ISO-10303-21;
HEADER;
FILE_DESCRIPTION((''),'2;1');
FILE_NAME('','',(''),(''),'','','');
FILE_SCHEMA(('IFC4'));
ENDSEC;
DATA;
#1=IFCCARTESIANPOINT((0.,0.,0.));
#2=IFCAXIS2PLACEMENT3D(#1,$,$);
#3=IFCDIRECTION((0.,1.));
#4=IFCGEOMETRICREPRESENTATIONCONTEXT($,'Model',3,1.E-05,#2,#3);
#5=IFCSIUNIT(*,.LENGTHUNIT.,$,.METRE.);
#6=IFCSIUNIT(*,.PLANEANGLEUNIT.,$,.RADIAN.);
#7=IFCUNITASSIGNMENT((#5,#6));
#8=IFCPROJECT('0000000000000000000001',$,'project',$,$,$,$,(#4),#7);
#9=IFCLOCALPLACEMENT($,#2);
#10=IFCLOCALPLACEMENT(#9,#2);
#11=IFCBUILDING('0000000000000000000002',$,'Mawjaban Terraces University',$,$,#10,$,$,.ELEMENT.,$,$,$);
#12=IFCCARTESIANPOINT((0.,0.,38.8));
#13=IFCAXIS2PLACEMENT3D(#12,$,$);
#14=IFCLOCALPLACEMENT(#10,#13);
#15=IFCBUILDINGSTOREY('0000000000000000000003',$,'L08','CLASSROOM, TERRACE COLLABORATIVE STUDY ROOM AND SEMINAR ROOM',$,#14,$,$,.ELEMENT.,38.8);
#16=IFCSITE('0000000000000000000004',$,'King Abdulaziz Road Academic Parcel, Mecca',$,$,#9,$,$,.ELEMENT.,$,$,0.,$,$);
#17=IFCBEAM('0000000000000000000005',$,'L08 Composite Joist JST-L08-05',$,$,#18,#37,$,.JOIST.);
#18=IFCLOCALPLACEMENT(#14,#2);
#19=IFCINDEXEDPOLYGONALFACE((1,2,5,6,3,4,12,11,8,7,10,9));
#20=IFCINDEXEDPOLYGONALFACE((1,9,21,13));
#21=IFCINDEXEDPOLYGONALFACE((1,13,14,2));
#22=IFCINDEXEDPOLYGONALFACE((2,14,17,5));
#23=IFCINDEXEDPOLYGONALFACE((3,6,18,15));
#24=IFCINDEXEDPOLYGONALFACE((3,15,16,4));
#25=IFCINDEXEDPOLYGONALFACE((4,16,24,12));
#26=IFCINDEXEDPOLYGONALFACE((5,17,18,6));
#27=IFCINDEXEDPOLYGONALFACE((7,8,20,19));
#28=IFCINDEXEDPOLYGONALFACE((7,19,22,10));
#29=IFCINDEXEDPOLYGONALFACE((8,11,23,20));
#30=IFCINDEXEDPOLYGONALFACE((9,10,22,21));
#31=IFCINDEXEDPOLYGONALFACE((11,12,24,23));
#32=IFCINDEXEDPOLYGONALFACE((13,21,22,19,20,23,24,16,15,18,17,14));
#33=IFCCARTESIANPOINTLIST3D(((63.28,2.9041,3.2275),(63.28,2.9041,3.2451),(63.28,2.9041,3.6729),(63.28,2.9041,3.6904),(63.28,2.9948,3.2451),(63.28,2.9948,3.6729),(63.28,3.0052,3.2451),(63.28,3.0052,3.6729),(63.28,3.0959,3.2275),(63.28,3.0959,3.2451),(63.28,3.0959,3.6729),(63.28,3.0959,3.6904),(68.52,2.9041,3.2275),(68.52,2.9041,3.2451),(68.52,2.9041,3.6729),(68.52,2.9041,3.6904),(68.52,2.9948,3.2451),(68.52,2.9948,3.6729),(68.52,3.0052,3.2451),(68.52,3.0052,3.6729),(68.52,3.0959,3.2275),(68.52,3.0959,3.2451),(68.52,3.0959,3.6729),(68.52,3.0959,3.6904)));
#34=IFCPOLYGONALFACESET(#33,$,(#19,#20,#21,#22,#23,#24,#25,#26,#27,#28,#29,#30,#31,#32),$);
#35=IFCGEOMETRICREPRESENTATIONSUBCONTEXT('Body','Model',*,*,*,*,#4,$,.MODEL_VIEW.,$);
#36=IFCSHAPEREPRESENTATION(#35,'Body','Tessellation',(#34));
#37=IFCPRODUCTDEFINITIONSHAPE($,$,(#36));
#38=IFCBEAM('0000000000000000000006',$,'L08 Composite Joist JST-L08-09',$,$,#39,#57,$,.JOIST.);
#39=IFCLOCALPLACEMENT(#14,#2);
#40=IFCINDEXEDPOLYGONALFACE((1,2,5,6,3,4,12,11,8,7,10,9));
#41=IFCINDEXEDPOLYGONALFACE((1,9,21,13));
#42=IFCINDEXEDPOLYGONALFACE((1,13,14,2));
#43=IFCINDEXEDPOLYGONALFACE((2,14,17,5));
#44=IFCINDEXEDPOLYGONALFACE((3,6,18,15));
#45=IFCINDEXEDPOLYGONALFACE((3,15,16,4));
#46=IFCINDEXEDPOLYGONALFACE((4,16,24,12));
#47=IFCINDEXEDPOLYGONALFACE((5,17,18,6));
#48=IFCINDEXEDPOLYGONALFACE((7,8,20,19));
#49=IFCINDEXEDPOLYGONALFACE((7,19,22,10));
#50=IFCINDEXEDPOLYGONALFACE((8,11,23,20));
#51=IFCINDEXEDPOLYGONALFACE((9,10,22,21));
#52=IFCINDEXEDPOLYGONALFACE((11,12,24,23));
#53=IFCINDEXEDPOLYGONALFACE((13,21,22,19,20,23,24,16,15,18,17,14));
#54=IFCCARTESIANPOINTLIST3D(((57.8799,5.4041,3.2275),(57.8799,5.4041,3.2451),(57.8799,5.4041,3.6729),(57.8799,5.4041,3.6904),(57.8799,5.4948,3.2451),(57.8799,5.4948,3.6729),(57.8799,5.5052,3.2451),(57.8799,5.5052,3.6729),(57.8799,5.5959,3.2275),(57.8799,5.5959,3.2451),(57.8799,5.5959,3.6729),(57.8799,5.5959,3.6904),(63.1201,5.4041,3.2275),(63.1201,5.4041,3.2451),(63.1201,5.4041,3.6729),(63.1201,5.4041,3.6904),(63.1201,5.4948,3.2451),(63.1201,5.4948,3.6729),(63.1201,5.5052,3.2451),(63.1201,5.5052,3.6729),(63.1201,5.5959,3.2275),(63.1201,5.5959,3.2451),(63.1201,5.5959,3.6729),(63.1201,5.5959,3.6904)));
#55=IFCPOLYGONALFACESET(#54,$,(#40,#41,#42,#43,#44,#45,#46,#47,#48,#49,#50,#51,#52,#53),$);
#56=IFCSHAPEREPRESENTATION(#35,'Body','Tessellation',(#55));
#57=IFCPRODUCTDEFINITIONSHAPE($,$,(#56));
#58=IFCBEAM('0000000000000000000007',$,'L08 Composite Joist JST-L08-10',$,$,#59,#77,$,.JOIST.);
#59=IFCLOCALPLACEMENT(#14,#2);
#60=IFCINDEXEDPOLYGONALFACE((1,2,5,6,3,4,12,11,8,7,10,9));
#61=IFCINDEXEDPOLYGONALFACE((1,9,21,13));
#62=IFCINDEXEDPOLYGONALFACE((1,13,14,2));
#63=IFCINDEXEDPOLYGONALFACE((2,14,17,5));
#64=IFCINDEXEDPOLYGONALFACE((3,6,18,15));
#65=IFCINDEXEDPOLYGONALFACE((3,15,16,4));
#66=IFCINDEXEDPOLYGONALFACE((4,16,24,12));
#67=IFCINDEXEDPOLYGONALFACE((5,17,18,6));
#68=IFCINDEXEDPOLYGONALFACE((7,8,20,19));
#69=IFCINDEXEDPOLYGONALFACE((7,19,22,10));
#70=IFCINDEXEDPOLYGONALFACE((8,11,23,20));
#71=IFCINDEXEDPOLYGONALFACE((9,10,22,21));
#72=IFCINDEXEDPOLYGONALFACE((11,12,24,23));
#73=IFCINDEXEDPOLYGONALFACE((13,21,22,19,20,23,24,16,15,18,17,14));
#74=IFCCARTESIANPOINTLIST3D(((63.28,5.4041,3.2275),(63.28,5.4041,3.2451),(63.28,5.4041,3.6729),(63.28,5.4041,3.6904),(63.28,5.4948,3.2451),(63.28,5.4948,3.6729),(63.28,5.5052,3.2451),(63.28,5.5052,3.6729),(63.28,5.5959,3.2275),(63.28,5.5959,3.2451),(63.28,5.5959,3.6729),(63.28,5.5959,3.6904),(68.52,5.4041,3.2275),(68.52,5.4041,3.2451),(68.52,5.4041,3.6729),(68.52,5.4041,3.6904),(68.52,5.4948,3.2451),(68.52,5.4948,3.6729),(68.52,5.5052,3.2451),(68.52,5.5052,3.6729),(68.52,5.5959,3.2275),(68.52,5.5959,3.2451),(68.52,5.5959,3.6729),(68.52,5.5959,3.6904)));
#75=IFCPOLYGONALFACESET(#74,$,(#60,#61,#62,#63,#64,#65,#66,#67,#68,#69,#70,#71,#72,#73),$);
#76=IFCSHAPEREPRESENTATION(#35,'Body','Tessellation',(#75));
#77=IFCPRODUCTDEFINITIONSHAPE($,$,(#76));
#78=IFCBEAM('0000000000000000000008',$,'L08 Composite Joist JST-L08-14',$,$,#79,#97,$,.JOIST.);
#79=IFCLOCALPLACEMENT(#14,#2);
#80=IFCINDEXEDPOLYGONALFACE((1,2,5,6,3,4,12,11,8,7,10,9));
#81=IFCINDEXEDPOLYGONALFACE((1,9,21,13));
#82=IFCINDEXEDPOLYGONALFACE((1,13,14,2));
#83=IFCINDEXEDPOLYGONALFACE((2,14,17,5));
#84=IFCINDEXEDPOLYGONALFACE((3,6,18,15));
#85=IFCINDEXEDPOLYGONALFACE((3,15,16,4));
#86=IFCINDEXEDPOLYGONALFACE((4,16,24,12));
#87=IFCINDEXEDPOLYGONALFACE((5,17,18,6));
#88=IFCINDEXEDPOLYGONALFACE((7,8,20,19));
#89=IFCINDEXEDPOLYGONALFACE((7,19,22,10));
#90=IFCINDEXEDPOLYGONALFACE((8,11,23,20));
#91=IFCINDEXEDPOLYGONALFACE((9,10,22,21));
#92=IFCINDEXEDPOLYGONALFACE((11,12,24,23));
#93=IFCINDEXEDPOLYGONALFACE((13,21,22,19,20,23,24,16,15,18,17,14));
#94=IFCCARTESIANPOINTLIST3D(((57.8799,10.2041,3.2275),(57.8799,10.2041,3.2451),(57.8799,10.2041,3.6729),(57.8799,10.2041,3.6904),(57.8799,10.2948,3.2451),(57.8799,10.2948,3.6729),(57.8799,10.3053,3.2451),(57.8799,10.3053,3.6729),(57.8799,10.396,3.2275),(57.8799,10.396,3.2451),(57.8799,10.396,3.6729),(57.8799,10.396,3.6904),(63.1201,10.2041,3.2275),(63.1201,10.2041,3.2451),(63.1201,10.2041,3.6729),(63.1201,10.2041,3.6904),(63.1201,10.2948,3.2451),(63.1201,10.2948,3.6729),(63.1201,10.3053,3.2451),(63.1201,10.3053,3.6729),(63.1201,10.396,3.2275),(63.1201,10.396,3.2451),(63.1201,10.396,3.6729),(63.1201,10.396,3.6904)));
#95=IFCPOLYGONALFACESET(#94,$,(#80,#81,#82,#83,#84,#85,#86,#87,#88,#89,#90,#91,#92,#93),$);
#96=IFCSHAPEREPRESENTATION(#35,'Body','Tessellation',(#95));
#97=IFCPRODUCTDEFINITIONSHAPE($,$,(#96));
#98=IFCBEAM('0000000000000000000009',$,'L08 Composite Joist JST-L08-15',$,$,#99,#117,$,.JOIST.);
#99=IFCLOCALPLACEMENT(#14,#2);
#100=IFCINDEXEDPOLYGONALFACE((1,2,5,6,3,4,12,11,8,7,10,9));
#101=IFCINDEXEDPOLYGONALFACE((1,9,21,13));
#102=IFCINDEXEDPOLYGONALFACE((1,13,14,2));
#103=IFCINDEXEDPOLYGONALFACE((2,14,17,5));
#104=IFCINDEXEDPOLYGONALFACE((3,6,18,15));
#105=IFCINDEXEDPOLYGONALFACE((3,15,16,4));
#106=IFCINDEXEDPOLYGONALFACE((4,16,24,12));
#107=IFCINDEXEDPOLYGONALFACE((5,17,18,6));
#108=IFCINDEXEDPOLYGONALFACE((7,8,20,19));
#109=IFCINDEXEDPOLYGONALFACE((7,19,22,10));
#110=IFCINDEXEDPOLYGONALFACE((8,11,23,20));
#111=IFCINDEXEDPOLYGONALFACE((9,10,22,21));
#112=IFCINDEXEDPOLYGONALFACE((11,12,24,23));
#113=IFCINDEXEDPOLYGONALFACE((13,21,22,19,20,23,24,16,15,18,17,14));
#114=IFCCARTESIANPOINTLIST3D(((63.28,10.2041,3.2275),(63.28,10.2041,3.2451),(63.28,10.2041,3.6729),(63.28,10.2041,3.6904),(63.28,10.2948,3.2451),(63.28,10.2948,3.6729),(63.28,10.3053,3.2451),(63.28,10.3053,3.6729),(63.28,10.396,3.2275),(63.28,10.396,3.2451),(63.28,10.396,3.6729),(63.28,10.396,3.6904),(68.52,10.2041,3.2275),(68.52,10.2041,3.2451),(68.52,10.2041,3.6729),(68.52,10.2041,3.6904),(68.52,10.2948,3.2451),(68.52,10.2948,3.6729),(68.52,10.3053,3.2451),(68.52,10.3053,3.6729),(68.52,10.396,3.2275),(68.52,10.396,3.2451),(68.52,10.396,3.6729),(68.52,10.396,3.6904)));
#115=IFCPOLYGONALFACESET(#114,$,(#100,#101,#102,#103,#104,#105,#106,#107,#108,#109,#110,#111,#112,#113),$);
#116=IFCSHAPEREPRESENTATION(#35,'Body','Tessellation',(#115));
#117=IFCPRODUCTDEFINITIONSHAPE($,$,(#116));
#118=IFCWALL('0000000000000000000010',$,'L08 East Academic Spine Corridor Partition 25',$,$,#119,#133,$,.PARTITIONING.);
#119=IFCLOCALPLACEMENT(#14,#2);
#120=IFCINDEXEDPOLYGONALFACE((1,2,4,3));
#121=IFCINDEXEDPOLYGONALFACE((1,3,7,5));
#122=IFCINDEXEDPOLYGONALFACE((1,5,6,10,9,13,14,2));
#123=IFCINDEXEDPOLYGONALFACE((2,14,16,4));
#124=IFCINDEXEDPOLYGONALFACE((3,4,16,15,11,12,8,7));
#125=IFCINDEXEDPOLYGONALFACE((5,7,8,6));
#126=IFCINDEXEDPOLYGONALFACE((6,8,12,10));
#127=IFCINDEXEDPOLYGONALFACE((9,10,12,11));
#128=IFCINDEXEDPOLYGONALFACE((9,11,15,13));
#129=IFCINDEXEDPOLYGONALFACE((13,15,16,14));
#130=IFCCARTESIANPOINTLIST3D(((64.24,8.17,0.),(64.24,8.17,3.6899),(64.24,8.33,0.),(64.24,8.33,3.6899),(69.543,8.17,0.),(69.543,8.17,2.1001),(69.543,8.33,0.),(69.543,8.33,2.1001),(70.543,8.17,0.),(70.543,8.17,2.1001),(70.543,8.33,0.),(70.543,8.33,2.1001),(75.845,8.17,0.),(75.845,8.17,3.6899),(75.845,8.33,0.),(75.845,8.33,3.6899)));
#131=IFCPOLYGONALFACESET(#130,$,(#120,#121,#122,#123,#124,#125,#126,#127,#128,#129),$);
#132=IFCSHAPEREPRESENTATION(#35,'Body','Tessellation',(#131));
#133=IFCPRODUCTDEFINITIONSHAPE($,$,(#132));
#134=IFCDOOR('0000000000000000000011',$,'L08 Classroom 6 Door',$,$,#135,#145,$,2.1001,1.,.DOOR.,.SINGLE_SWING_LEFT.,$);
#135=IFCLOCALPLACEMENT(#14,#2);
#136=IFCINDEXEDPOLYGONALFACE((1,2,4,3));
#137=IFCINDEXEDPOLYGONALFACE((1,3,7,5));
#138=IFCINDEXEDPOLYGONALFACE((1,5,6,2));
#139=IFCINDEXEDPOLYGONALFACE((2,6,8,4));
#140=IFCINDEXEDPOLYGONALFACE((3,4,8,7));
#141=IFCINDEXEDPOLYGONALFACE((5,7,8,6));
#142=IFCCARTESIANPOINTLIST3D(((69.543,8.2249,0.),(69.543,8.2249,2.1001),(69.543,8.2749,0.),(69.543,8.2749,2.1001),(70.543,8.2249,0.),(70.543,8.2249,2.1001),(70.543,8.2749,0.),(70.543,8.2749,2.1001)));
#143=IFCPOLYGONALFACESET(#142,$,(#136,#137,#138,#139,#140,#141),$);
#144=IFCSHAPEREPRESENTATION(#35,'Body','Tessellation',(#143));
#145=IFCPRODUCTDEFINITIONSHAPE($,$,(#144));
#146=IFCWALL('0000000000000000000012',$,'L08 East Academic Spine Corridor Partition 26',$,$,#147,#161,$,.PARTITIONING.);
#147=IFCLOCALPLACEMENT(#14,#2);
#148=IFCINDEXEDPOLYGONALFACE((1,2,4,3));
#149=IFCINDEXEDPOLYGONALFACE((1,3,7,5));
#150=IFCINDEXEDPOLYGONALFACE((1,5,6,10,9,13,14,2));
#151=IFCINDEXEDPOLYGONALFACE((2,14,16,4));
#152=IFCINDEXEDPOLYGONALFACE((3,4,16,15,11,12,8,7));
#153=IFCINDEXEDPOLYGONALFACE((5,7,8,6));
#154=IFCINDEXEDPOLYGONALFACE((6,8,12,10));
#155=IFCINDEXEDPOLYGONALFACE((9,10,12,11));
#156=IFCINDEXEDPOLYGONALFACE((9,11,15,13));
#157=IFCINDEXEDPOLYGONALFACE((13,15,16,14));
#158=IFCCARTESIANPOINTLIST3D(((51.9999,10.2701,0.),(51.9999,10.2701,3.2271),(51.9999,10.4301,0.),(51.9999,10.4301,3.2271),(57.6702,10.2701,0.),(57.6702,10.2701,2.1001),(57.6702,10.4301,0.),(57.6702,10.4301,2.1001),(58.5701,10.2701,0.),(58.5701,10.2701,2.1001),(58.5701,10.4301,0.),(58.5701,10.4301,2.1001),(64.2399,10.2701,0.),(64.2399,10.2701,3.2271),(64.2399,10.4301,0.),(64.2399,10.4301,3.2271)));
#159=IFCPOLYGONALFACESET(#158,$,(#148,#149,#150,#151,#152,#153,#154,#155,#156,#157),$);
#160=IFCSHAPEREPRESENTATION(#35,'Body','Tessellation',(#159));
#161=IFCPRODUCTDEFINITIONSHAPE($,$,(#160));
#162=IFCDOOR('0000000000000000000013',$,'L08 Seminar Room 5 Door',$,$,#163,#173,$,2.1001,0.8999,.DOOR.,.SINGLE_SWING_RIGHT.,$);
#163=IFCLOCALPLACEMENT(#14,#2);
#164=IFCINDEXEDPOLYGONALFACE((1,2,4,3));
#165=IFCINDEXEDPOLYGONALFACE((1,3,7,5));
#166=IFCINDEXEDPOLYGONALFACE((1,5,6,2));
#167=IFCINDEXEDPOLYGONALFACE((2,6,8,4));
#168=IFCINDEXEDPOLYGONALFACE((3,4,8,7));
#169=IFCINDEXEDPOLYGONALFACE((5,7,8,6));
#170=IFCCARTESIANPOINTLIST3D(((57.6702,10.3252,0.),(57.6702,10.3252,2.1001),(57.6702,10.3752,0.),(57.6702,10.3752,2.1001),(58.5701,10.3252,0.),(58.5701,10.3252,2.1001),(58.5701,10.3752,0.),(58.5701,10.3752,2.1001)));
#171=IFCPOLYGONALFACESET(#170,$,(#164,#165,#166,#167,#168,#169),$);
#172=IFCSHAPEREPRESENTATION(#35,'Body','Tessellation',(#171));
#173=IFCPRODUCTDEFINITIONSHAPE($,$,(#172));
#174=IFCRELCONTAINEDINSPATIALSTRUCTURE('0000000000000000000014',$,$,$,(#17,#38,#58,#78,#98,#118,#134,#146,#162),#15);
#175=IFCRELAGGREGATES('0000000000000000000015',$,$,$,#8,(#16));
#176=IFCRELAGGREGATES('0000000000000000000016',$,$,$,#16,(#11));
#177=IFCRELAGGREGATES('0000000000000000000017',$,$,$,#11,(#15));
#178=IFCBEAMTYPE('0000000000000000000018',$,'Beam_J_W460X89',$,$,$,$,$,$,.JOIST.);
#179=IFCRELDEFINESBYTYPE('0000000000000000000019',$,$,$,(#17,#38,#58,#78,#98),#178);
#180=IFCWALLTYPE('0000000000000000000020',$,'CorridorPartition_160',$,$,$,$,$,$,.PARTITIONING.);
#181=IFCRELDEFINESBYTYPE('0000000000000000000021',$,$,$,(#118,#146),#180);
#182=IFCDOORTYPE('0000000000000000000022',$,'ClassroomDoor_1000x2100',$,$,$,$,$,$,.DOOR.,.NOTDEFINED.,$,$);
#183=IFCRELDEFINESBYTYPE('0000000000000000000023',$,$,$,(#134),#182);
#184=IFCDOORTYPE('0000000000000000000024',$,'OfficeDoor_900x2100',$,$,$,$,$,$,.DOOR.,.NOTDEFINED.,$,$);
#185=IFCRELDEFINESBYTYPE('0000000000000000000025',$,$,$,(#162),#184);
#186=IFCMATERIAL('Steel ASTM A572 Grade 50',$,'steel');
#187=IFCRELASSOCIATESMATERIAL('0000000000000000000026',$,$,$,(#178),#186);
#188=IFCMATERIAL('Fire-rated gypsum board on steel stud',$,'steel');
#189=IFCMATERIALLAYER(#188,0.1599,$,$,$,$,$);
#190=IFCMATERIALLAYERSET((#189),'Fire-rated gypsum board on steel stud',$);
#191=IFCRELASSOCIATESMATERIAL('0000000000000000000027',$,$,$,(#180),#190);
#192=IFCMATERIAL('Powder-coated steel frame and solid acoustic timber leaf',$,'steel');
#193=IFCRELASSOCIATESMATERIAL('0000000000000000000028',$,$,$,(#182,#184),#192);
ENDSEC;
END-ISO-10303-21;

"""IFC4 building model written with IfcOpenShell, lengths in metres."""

from ifc_helpers import new_model, si_unit, direction, frame, frame_2d, origin, origin_2d, place, context, subcontext, project, spatial, rectangle, i_section, extrude, material, layer, layer_set, material_profile, profile_set, type_object, element, fill, save


model = new_model("IFC4")

# Units and contexts
model_context = context("Model", 3, precision=1e-05, world=origin(), true_north=direction((0.0, 1.0)))
body_context = subcontext(model_context, "Body", "Model", "MODEL_VIEW")
ifc_project = project(units=[si_unit("LENGTHUNIT", "METRE"), si_unit("PLANEANGLEUNIT", "RADIAN")], contexts=[model_context])

# Site, building, storey
site_placement = place(None, origin())
site = spatial("IfcSite", under=ifc_project, at=site_placement, Name="King Abdulaziz Road Academic Parcel, Mecca", CompositionType="ELEMENT", RefElevation=0.0)
building_placement = place(site_placement, origin())
building = spatial("IfcBuilding", under=site, at=building_placement, Name="Mawjaban Terraces University", CompositionType="ELEMENT")
storey_placement = place(building_placement, frame((0.0, 0.0, 38.8)))
storey = spatial("IfcBuildingStorey", under=building, at=storey_placement, Name="L08", Description="CLASSROOM, TERRACE COLLABORATIVE STUDY ROOM AND SEMINAR ROOM", CompositionType="ELEMENT", Elevation=38.8)

# Beams
ifc_material_1 = material(Name="Steel ASTM A572 Grade 50", Category="steel")
ifc_material_profile_1 = material_profile(ifc_material_1, i_section(OverallWidth=0.1919, OverallDepth=0.4629, WebThickness=0.0105, FlangeThickness=0.0176, at=origin_2d()), Name="W460X89")
ifc_profile_set_1 = profile_set([ifc_material_profile_1], Name="Steel ASTM A572 Grade 50")
beam_type_1 = type_object("IfcBeamType", Name="Beam_J_W460X89", PredefinedType="JOIST", material=ifc_profile_set_1)
beam_1_placement = place(storey_placement, frame((63.28, 3.0, 3.459), z_axis=(1.0, 0.0, 0.0), x_axis=(0.0, 1.0, 0.0)))
element("IfcBeam", 1, at=beam_1_placement, inside=storey, type_object=beam_type_1, Name="L08 Composite Joist JST-L08-05", PredefinedType="JOIST", context=body_context, shape_type="SweptSolid", body=[
    extrude(i_section(OverallWidth=0.1919, OverallDepth=0.4629, WebThickness=0.0105, FlangeThickness=0.0176, at=origin_2d()), origin(), (0.0, 0.0, 1.0), 5.24),
])
beam_2_placement = place(storey_placement, frame((57.8799, 5.5, 3.459), z_axis=(1.0, 0.0, 0.0), x_axis=(0.0, 1.0, 0.0)))
element("IfcBeam", 2, at=beam_2_placement, inside=storey, type_object=beam_type_1, Name="L08 Composite Joist JST-L08-09", PredefinedType="JOIST", context=body_context, shape_type="SweptSolid", body=[
    extrude(i_section(OverallWidth=0.1919, OverallDepth=0.4629, WebThickness=0.0105, FlangeThickness=0.0176, at=origin_2d()), origin(), (0.0, 0.0, 1.0), 5.2402),
])
beam_3_placement = place(storey_placement, frame((63.28, 5.5, 3.459), z_axis=(1.0, 0.0, 0.0), x_axis=(0.0, 1.0, 0.0)))
element("IfcBeam", 3, at=beam_3_placement, inside=storey, type_object=beam_type_1, Name="L08 Composite Joist JST-L08-10", PredefinedType="JOIST", context=body_context, shape_type="SweptSolid", body=[
    extrude(i_section(OverallWidth=0.1919, OverallDepth=0.4629, WebThickness=0.0105, FlangeThickness=0.0176, at=origin_2d()), origin(), (0.0, 0.0, 1.0), 5.24),
])
beam_4_placement = place(storey_placement, frame((57.8799, 10.3, 3.459), z_axis=(1.0, 0.0, 0.0), x_axis=(0.0, 1.0, 0.0)))
element("IfcBeam", 4, at=beam_4_placement, inside=storey, type_object=beam_type_1, Name="L08 Composite Joist JST-L08-14", PredefinedType="JOIST", context=body_context, shape_type="SweptSolid", body=[
    extrude(i_section(OverallWidth=0.1919, OverallDepth=0.4629, WebThickness=0.0105, FlangeThickness=0.0176, at=origin_2d()), origin(), (0.0, 0.0, 1.0), 5.2402),
])
beam_5_placement = place(storey_placement, frame((63.28, 10.3, 3.459), z_axis=(1.0, 0.0, 0.0), x_axis=(0.0, 1.0, 0.0)))
element("IfcBeam", 5, at=beam_5_placement, inside=storey, type_object=beam_type_1, Name="L08 Composite Joist JST-L08-15", PredefinedType="JOIST", context=body_context, shape_type="SweptSolid", body=[
    extrude(i_section(OverallWidth=0.1919, OverallDepth=0.4629, WebThickness=0.0105, FlangeThickness=0.0176, at=origin_2d()), origin(), (0.0, 0.0, 1.0), 5.24),
])

# Walls, openings, doors
ifc_material_2 = material(Name="Fire-rated gypsum board on steel stud", Category="steel")
ifc_layer_1 = layer(ifc_material_2, 0.1599)
ifc_layer_set_1 = layer_set([ifc_layer_1], Name="Fire-rated gypsum board on steel stud")
wall_type_1 = type_object("IfcWallType", Name="CorridorPartition_160", PredefinedType="PARTITIONING", material=ifc_layer_set_1)
wall_1_placement = place(storey_placement, frame((64.24, 8.25, 0.0), z_axis=(0.0, 0.0, 1.0), x_axis=(1.0, 0.0, 0.0)))
wall_1 = element("IfcWall", 6, at=wall_1_placement, inside=storey, type_object=wall_type_1, Name="L08 East Academic Spine Corridor Partition 25", PredefinedType="PARTITIONING", context=body_context, shape_type="SweptSolid", body=[
    extrude(rectangle(XDim=11.605, YDim=0.1599, at=frame_2d((5.8025, 0.0))), origin(), (0.0, 0.0, 1.0), 3.6899),
])
opening_1_placement = place(wall_1_placement, frame((5.303, 0.0, 0.0)))
opening_1 = element("IfcOpeningElement", 7, at=opening_1_placement, cuts=wall_1, PredefinedType="OPENING", context=body_context, shape_type="SweptSolid", body=[
    extrude(rectangle(XDim=1.0, YDim=2.1001, at=frame_2d((0.5, 1.05))), frame((0.0, 0.0898, 0.0), z_axis=(0.0, -1.0, 0.0), x_axis=(1.0, 0.0, 0.0)), (0.0, 0.0, 1.0), 0.1799),
])
ifc_material_3 = material(Name="Powder-coated steel frame and solid acoustic timber leaf", Category="steel")
door_type_1 = type_object("IfcDoorType", Name="ClassroomDoor_1000x2100", OperationType="NOTDEFINED", PredefinedType="DOOR", material=ifc_material_3)
door_1_placement = place(opening_1_placement, origin())
door_1 = element("IfcDoor", 8, at=door_1_placement, inside=storey, type_object=door_type_1, Name="L08 Classroom 6 Door", OperationType="SINGLE_SWING_LEFT", OverallHeight=2.1001, OverallWidth=1.0, PredefinedType="DOOR", context=body_context, shape_type="SweptSolid", body=[
    extrude(rectangle(XDim=1.0, YDim=2.1001, at=frame_2d((0.5, 1.05))), frame((0.0, 0.0249, 0.0), z_axis=(0.0, -1.0, 0.0), x_axis=(1.0, 0.0, 0.0)), (0.0, 0.0, 1.0), 0.05),
])
fill(opening_1, door_1)
wall_2_placement = place(storey_placement, frame((64.24, 10.3501, 0.0), z_axis=(0.0, 0.0, 1.0), x_axis=(-1.0, 0.0, 0.0)))
wall_2 = element("IfcWall", 9, at=wall_2_placement, inside=storey, type_object=wall_type_1, Name="L08 East Academic Spine Corridor Partition 26", PredefinedType="PARTITIONING", context=body_context, shape_type="SweptSolid", body=[
    extrude(rectangle(XDim=12.24, YDim=0.1599, at=frame_2d((6.1201, 0.0))), origin(), (0.0, 0.0, 1.0), 3.2271),
])
opening_2_placement = place(wall_2_placement, frame((5.6699, 0.0, 0.0)))
opening_2 = element("IfcOpeningElement", 10, at=opening_2_placement, cuts=wall_2, PredefinedType="OPENING", context=body_context, shape_type="SweptSolid", body=[
    extrude(rectangle(XDim=0.8999, YDim=2.1001, at=frame_2d((0.45, 1.05))), frame((0.0, 0.0898, 0.0), z_axis=(0.0, -1.0, 0.0), x_axis=(1.0, 0.0, 0.0)), (0.0, 0.0, 1.0), 0.1799),
])
door_type_2 = type_object("IfcDoorType", Name="OfficeDoor_900x2100", OperationType="NOTDEFINED", PredefinedType="DOOR", material=ifc_material_3)
door_2_placement = place(opening_2_placement, origin())
door_2 = element("IfcDoor", 11, at=door_2_placement, inside=storey, type_object=door_type_2, Name="L08 Seminar Room 5 Door", OperationType="SINGLE_SWING_RIGHT", OverallHeight=2.1001, OverallWidth=0.8999, PredefinedType="DOOR", context=body_context, shape_type="SweptSolid", body=[
    extrude(rectangle(XDim=0.8999, YDim=2.1001, at=frame_2d((0.45, 1.05))), frame((0.0, 0.0249, 0.0), z_axis=(0.0, -1.0, 0.0), x_axis=(1.0, 0.0, 0.0)), (0.0, 0.0, 1.0), 0.05),
])
fill(opening_2, door_2)

save(model, "model.ifc")
